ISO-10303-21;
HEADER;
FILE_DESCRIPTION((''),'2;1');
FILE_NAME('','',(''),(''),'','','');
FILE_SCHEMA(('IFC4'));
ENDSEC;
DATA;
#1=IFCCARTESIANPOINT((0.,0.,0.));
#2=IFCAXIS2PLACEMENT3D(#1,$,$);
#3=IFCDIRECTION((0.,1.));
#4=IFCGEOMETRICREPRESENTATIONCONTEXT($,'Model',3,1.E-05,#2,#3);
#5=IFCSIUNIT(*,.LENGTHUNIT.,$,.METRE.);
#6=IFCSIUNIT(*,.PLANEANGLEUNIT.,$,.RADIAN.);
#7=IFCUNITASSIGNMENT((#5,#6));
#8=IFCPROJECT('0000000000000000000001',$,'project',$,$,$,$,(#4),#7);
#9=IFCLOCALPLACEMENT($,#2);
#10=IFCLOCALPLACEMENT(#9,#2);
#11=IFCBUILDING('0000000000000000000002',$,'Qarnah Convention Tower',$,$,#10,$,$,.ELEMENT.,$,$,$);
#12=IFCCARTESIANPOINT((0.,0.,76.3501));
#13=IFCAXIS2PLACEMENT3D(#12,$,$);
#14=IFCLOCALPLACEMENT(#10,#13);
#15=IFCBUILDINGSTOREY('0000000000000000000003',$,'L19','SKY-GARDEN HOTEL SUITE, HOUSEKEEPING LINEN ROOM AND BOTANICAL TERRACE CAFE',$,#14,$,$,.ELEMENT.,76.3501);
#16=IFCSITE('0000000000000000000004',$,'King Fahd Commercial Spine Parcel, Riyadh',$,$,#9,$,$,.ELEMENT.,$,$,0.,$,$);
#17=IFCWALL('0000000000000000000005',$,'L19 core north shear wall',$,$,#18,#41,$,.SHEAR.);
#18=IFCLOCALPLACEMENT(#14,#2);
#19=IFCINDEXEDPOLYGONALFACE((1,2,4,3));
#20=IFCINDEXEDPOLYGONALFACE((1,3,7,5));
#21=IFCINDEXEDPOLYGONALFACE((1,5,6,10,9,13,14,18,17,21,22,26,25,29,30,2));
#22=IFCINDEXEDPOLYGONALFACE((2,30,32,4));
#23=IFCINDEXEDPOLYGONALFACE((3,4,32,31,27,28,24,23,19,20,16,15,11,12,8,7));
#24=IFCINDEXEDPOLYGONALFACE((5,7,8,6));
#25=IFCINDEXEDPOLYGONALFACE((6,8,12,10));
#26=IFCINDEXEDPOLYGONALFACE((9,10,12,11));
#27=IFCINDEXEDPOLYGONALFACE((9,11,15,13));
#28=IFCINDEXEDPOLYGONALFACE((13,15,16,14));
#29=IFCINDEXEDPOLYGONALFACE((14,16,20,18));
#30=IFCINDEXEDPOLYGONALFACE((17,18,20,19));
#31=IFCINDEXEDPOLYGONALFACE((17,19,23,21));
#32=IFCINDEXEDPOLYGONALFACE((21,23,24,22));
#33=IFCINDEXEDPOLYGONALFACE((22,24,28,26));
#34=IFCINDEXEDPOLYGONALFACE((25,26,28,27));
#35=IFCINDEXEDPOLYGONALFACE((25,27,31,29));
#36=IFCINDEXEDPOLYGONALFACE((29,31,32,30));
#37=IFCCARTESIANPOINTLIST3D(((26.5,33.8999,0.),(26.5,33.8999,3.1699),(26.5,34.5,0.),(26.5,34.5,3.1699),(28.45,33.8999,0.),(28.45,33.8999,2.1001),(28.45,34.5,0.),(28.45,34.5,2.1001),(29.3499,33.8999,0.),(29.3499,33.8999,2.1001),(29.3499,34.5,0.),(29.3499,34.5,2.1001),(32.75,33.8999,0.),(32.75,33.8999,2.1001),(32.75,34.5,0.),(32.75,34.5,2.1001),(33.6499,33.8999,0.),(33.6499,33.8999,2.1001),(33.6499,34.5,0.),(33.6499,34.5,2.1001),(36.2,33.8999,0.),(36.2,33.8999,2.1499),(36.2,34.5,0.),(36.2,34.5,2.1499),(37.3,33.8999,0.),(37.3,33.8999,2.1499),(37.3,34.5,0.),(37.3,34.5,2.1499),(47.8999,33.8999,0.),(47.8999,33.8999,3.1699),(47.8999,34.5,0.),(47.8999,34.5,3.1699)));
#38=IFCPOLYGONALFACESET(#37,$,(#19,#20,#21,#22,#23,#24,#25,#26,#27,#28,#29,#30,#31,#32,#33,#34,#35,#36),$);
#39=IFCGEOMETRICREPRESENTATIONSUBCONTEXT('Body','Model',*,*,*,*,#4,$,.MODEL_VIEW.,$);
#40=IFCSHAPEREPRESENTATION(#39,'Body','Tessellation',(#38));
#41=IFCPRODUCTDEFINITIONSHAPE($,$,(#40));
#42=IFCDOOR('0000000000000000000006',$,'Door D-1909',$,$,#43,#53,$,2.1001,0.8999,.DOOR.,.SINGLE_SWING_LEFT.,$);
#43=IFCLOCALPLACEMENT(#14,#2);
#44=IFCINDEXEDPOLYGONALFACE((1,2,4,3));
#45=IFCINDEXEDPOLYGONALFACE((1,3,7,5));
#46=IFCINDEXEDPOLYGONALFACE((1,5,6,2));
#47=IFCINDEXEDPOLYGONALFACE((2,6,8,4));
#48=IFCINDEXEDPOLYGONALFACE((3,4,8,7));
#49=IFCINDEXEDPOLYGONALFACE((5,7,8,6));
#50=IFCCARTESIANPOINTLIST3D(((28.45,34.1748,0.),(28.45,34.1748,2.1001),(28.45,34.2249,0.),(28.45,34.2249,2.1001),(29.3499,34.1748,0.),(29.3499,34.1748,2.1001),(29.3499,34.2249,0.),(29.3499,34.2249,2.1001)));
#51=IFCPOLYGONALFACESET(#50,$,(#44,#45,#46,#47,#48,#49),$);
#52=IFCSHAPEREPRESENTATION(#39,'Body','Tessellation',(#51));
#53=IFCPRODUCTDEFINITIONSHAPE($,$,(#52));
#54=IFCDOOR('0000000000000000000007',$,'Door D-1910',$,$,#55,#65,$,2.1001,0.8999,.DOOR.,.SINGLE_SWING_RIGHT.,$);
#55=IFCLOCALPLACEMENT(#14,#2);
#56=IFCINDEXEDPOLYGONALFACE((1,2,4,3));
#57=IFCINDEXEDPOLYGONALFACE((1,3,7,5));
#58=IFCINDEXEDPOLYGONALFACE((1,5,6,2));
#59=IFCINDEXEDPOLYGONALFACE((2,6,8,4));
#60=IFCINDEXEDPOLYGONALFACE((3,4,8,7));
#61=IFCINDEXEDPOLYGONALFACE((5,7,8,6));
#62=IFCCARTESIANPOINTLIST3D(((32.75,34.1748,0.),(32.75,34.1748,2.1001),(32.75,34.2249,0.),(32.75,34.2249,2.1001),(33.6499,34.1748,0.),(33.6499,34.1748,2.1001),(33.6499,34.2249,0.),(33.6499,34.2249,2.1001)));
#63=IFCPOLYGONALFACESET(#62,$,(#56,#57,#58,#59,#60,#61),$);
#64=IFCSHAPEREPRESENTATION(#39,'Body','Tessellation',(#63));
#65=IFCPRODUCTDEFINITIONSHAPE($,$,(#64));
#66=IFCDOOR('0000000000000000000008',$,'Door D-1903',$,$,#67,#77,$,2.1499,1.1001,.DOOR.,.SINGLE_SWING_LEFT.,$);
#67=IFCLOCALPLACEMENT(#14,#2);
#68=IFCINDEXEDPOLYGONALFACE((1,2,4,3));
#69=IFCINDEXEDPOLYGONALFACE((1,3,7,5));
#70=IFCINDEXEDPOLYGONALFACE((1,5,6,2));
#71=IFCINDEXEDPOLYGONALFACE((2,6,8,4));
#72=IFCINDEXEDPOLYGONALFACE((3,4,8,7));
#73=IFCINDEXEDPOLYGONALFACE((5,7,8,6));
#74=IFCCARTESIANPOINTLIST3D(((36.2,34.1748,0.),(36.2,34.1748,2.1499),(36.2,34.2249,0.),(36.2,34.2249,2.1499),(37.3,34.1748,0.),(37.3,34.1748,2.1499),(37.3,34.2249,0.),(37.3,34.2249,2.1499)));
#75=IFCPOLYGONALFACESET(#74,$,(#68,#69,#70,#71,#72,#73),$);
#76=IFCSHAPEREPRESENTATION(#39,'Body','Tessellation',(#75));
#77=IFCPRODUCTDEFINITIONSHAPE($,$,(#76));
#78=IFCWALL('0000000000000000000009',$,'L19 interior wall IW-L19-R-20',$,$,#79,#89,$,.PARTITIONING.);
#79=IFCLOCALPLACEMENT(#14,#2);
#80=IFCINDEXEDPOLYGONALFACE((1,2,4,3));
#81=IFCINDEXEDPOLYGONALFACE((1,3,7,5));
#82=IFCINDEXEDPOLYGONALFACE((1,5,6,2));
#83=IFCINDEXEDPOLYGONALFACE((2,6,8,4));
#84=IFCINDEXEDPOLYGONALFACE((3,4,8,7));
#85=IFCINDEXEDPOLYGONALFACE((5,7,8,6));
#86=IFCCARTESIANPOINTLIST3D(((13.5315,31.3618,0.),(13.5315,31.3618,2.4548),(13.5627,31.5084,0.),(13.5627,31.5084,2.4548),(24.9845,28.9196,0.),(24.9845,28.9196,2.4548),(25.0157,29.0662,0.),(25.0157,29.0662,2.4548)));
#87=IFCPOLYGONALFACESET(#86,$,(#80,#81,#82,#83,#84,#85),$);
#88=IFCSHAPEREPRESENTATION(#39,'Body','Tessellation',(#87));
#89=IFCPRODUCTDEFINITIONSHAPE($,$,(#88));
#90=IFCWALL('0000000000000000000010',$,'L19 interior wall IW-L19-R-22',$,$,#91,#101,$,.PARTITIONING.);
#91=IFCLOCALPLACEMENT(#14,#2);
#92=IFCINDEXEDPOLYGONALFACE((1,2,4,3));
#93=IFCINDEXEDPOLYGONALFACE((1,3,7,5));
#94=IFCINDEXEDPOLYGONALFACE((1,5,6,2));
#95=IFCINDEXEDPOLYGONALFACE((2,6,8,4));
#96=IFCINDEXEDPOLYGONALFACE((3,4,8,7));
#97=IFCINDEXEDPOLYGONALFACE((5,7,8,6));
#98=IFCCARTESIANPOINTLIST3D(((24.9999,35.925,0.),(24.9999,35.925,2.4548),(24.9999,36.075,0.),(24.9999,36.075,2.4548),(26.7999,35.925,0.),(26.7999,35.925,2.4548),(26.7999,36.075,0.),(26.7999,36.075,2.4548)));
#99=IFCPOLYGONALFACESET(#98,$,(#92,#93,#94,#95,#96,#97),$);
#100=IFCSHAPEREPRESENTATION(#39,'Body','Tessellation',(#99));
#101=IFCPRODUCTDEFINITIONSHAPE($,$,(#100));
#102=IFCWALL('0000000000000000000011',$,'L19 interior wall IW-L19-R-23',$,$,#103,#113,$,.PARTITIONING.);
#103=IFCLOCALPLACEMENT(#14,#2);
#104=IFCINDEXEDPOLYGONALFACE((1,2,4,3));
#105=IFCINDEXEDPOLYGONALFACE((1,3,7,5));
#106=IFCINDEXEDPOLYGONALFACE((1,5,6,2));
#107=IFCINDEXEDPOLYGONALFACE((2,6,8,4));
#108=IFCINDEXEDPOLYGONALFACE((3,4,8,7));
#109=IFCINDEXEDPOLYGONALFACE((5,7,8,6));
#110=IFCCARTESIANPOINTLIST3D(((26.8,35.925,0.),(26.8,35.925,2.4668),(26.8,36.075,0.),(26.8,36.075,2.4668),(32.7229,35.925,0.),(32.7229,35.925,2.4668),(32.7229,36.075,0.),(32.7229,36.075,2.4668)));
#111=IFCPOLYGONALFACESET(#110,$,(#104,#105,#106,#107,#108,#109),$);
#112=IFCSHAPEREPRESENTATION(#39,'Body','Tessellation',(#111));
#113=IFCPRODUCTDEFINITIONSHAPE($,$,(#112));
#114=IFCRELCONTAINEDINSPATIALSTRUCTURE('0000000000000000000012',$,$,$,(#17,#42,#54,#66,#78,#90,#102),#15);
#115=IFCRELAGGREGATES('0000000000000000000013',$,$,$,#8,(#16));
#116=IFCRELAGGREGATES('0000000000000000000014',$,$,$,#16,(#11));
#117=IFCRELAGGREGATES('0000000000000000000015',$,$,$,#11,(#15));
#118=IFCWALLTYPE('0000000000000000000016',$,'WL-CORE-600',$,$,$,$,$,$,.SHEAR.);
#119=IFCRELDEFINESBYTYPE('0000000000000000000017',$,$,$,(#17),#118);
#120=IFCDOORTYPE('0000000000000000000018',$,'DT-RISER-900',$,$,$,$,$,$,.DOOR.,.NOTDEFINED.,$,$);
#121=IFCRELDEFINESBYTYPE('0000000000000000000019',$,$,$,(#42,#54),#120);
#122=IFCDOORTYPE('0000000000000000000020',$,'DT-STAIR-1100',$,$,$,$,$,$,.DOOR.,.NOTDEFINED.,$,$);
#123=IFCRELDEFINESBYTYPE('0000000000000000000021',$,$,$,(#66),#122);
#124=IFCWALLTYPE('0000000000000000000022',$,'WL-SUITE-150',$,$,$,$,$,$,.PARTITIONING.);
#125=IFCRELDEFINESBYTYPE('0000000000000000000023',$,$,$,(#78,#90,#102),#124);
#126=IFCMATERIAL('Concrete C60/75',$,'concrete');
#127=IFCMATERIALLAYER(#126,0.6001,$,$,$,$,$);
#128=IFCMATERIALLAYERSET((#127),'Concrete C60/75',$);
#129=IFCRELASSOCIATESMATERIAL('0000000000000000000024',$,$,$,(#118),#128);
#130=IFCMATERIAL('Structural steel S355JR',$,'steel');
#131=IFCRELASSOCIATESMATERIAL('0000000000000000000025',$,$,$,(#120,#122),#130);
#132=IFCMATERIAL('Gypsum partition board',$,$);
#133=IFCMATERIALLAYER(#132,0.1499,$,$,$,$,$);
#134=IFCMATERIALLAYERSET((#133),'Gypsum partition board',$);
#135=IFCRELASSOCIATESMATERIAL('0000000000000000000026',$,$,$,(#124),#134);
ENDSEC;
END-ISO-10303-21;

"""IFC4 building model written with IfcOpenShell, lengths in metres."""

from ifc_helpers import new_model, si_unit, direction, frame, frame_2d, origin, place, context, subcontext, project, spatial, rectangle, extrude, material, layer, layer_set, type_object, element, fill, save


model = new_model("IFC4")

# Units and contexts
model_context = context("Model", 3, precision=1e-05, world=origin(), true_north=direction((0.0, 1.0)))
body_context = subcontext(model_context, "Body", "Model", "MODEL_VIEW")
ifc_project = project(units=[si_unit("LENGTHUNIT", "METRE"), si_unit("PLANEANGLEUNIT", "RADIAN")], contexts=[model_context])

# Site, building, storey
site_placement = place(None, origin())
site = spatial("IfcSite", under=ifc_project, at=site_placement, Name="King Fahd Commercial Spine Parcel, Riyadh", CompositionType="ELEMENT", RefElevation=0.0)
building_placement = place(site_placement, origin())
building = spatial("IfcBuilding", under=site, at=building_placement, Name="Qarnah Convention Tower", CompositionType="ELEMENT")
storey_placement = place(building_placement, frame((0.0, 0.0, 76.3501)))
storey = spatial("IfcBuildingStorey", under=building, at=storey_placement, Name="L19", Description="SKY-GARDEN HOTEL SUITE, HOUSEKEEPING LINEN ROOM AND BOTANICAL TERRACE CAFE", CompositionType="ELEMENT", Elevation=76.3501)

# Shared definitions
ifc_material_1 = material(Name="Structural steel S355JR", Category="steel")

# Wall, openings, doors
ifc_material_2 = material(Name="Concrete C60/75", Category="concrete")
ifc_layer_1 = layer(ifc_material_2, 0.6001)
ifc_layer_set_1 = layer_set([ifc_layer_1], Name="Concrete C60/75")
wall_type_1 = type_object("IfcWallType", Name="WL-CORE-600", PredefinedType="SHEAR", material=ifc_layer_set_1)
wall_1_placement = place(storey_placement, frame((26.5, 34.2, 0.0), z_axis=(0.0, 0.0, 1.0), x_axis=(1.0, 0.0, 0.0)))
wall_1 = element("IfcWall", 1, at=wall_1_placement, inside=storey, type_object=wall_type_1, Name="L19 core north shear wall", PredefinedType="SHEAR", context=body_context, shape_type="SweptSolid", body=[
    extrude(rectangle(XDim=21.3999, YDim=0.6001, at=frame_2d((10.7, 0.0))), origin(), (0.0, 0.0, 1.0), 3.1699),
])
opening_1_placement = place(wall_1_placement, frame((9.7, 0.0, 0.0)))
opening_1 = element("IfcOpeningElement", 2, at=opening_1_placement, cuts=wall_1, PredefinedType="OPENING", context=body_context, shape_type="SweptSolid", body=[
    extrude(rectangle(XDim=1.1001, YDim=2.1499, at=frame_2d((0.55, 1.075))), frame((0.0, 0.3101, 0.0), z_axis=(0.0, -1.0, 0.0), x_axis=(1.0, 0.0, 0.0)), (0.0, 0.0, 1.0), 0.6201),
])
opening_2_placement = place(wall_1_placement, frame((1.95, 0.0, 0.0)))
opening_2 = element("IfcOpeningElement", 3, at=opening_2_placement, cuts=wall_1, PredefinedType="OPENING", context=body_context, shape_type="SweptSolid", body=[
    extrude(rectangle(XDim=0.8999, YDim=2.1001, at=frame_2d((0.45, 1.05))), frame((0.0, 0.3101, 0.0), z_axis=(0.0, -1.0, 0.0), x_axis=(1.0, 0.0, 0.0)), (0.0, 0.0, 1.0), 0.6201),
])
opening_3_placement = place(wall_1_placement, frame((6.25, 0.0, 0.0)))
opening_3 = element("IfcOpeningElement", 4, at=opening_3_placement, cuts=wall_1, PredefinedType="OPENING", context=body_context, shape_type="SweptSolid", body=[
    extrude(rectangle(XDim=0.8999, YDim=2.1001, at=frame_2d((0.45, 1.05))), frame((0.0, 0.3101, 0.0), z_axis=(0.0, -1.0, 0.0), x_axis=(1.0, 0.0, 0.0)), (0.0, 0.0, 1.0), 0.6201),
])
door_type_1 = type_object("IfcDoorType", Name="DT-RISER-900", OperationType="NOTDEFINED", PredefinedType="DOOR", material=ifc_material_1)
door_1_placement = place(opening_2_placement, origin())
door_1 = element("IfcDoor", 5, at=door_1_placement, inside=storey, type_object=door_type_1, Name="Door D-1909", OperationType="SINGLE_SWING_LEFT", OverallHeight=2.1001, OverallWidth=0.8999, PredefinedType="DOOR", context=body_context, shape_type="SweptSolid", body=[
    extrude(rectangle(XDim=0.8999, YDim=2.1001, at=frame_2d((0.45, 1.05))), frame((0.0, 0.0249, 0.0), z_axis=(0.0, -1.0, 0.0), x_axis=(1.0, 0.0, 0.0)), (0.0, 0.0, 1.0), 0.05),
])
fill(opening_2, door_1)
door_2_placement = place(opening_3_placement, origin())
door_2 = element("IfcDoor", 6, at=door_2_placement, inside=storey, type_object=door_type_1, Name="Door D-1910", OperationType="SINGLE_SWING_RIGHT", OverallHeight=2.1001, OverallWidth=0.8999, PredefinedType="DOOR", context=body_context, shape_type="SweptSolid", body=[
    extrude(rectangle(XDim=0.8999, YDim=2.1001, at=frame_2d((0.45, 1.05))), frame((0.0, 0.0249, 0.0), z_axis=(0.0, -1.0, 0.0), x_axis=(1.0, 0.0, 0.0)), (0.0, 0.0, 1.0), 0.05),
])
fill(opening_3, door_2)
door_type_2 = type_object("IfcDoorType", Name="DT-STAIR-1100", OperationType="NOTDEFINED", PredefinedType="DOOR", material=ifc_material_1)
door_3_placement = place(opening_1_placement, origin())
door_3 = element("IfcDoor", 7, at=door_3_placement, inside=storey, type_object=door_type_2, Name="Door D-1903", OperationType="SINGLE_SWING_LEFT", OverallHeight=2.1499, OverallWidth=1.1001, PredefinedType="DOOR", context=body_context, shape_type="SweptSolid", body=[
    extrude(rectangle(XDim=1.1001, YDim=2.1499, at=frame_2d((0.55, 1.075))), frame((0.0, 0.0249, 0.0), z_axis=(0.0, -1.0, 0.0), x_axis=(1.0, 0.0, 0.0)), (0.0, 0.0, 1.0), 0.05),
])
fill(opening_1, door_3)

# Walls
ifc_material_3 = material(Name="Gypsum partition board")
ifc_layer_2 = layer(ifc_material_3, 0.1499)
ifc_layer_set_2 = layer_set([ifc_layer_2], Name="Gypsum partition board")
wall_type_2 = type_object("IfcWallType", Name="WL-SUITE-150", PredefinedType="PARTITIONING", material=ifc_layer_set_2)
wall_2_placement = place(storey_placement, frame((13.5471, 31.4351, 0.0), z_axis=(0.0, 0.0, 1.0), x_axis=(0.978013, -0.208545, 0.0)))
element("IfcWall", 8, at=wall_2_placement, inside=storey, type_object=wall_type_2, Name="L19 interior wall IW-L19-R-20", PredefinedType="PARTITIONING", context=body_context, shape_type="SweptSolid", body=[
    extrude(rectangle(XDim=11.7104, YDim=0.1499, at=frame_2d((5.8552, 0.0))), origin(), (0.0, 0.0, 1.0), 2.4548),
])
wall_3_placement = place(storey_placement, frame((25.0, 36.0, 0.0), z_axis=(0.0, 0.0, 1.0), x_axis=(1.0, 0.0, 0.0)))
element("IfcWall", 9, at=wall_3_placement, inside=storey, type_object=wall_type_2, Name="L19 interior wall IW-L19-R-22", PredefinedType="PARTITIONING", context=body_context, shape_type="SweptSolid", body=[
    extrude(rectangle(XDim=1.8, YDim=0.1499, at=frame_2d((0.8999, 0.0))), origin(), (0.0, 0.0, 1.0), 2.4548),
])
wall_4_placement = place(storey_placement, frame((26.8, 36.0, 0.0), z_axis=(0.0, 0.0, 1.0), x_axis=(1.0, 0.0, 0.0)))
element("IfcWall", 10, at=wall_4_placement, inside=storey, type_object=wall_type_2, Name="L19 interior wall IW-L19-R-23", PredefinedType="PARTITIONING", context=body_context, shape_type="SweptSolid", body=[
    extrude(rectangle(XDim=5.9229, YDim=0.1499, at=frame_2d((2.9614, 0.0))), origin(), (0.0, 0.0, 1.0), 2.4668),
])

save(model, "model.ifc")
